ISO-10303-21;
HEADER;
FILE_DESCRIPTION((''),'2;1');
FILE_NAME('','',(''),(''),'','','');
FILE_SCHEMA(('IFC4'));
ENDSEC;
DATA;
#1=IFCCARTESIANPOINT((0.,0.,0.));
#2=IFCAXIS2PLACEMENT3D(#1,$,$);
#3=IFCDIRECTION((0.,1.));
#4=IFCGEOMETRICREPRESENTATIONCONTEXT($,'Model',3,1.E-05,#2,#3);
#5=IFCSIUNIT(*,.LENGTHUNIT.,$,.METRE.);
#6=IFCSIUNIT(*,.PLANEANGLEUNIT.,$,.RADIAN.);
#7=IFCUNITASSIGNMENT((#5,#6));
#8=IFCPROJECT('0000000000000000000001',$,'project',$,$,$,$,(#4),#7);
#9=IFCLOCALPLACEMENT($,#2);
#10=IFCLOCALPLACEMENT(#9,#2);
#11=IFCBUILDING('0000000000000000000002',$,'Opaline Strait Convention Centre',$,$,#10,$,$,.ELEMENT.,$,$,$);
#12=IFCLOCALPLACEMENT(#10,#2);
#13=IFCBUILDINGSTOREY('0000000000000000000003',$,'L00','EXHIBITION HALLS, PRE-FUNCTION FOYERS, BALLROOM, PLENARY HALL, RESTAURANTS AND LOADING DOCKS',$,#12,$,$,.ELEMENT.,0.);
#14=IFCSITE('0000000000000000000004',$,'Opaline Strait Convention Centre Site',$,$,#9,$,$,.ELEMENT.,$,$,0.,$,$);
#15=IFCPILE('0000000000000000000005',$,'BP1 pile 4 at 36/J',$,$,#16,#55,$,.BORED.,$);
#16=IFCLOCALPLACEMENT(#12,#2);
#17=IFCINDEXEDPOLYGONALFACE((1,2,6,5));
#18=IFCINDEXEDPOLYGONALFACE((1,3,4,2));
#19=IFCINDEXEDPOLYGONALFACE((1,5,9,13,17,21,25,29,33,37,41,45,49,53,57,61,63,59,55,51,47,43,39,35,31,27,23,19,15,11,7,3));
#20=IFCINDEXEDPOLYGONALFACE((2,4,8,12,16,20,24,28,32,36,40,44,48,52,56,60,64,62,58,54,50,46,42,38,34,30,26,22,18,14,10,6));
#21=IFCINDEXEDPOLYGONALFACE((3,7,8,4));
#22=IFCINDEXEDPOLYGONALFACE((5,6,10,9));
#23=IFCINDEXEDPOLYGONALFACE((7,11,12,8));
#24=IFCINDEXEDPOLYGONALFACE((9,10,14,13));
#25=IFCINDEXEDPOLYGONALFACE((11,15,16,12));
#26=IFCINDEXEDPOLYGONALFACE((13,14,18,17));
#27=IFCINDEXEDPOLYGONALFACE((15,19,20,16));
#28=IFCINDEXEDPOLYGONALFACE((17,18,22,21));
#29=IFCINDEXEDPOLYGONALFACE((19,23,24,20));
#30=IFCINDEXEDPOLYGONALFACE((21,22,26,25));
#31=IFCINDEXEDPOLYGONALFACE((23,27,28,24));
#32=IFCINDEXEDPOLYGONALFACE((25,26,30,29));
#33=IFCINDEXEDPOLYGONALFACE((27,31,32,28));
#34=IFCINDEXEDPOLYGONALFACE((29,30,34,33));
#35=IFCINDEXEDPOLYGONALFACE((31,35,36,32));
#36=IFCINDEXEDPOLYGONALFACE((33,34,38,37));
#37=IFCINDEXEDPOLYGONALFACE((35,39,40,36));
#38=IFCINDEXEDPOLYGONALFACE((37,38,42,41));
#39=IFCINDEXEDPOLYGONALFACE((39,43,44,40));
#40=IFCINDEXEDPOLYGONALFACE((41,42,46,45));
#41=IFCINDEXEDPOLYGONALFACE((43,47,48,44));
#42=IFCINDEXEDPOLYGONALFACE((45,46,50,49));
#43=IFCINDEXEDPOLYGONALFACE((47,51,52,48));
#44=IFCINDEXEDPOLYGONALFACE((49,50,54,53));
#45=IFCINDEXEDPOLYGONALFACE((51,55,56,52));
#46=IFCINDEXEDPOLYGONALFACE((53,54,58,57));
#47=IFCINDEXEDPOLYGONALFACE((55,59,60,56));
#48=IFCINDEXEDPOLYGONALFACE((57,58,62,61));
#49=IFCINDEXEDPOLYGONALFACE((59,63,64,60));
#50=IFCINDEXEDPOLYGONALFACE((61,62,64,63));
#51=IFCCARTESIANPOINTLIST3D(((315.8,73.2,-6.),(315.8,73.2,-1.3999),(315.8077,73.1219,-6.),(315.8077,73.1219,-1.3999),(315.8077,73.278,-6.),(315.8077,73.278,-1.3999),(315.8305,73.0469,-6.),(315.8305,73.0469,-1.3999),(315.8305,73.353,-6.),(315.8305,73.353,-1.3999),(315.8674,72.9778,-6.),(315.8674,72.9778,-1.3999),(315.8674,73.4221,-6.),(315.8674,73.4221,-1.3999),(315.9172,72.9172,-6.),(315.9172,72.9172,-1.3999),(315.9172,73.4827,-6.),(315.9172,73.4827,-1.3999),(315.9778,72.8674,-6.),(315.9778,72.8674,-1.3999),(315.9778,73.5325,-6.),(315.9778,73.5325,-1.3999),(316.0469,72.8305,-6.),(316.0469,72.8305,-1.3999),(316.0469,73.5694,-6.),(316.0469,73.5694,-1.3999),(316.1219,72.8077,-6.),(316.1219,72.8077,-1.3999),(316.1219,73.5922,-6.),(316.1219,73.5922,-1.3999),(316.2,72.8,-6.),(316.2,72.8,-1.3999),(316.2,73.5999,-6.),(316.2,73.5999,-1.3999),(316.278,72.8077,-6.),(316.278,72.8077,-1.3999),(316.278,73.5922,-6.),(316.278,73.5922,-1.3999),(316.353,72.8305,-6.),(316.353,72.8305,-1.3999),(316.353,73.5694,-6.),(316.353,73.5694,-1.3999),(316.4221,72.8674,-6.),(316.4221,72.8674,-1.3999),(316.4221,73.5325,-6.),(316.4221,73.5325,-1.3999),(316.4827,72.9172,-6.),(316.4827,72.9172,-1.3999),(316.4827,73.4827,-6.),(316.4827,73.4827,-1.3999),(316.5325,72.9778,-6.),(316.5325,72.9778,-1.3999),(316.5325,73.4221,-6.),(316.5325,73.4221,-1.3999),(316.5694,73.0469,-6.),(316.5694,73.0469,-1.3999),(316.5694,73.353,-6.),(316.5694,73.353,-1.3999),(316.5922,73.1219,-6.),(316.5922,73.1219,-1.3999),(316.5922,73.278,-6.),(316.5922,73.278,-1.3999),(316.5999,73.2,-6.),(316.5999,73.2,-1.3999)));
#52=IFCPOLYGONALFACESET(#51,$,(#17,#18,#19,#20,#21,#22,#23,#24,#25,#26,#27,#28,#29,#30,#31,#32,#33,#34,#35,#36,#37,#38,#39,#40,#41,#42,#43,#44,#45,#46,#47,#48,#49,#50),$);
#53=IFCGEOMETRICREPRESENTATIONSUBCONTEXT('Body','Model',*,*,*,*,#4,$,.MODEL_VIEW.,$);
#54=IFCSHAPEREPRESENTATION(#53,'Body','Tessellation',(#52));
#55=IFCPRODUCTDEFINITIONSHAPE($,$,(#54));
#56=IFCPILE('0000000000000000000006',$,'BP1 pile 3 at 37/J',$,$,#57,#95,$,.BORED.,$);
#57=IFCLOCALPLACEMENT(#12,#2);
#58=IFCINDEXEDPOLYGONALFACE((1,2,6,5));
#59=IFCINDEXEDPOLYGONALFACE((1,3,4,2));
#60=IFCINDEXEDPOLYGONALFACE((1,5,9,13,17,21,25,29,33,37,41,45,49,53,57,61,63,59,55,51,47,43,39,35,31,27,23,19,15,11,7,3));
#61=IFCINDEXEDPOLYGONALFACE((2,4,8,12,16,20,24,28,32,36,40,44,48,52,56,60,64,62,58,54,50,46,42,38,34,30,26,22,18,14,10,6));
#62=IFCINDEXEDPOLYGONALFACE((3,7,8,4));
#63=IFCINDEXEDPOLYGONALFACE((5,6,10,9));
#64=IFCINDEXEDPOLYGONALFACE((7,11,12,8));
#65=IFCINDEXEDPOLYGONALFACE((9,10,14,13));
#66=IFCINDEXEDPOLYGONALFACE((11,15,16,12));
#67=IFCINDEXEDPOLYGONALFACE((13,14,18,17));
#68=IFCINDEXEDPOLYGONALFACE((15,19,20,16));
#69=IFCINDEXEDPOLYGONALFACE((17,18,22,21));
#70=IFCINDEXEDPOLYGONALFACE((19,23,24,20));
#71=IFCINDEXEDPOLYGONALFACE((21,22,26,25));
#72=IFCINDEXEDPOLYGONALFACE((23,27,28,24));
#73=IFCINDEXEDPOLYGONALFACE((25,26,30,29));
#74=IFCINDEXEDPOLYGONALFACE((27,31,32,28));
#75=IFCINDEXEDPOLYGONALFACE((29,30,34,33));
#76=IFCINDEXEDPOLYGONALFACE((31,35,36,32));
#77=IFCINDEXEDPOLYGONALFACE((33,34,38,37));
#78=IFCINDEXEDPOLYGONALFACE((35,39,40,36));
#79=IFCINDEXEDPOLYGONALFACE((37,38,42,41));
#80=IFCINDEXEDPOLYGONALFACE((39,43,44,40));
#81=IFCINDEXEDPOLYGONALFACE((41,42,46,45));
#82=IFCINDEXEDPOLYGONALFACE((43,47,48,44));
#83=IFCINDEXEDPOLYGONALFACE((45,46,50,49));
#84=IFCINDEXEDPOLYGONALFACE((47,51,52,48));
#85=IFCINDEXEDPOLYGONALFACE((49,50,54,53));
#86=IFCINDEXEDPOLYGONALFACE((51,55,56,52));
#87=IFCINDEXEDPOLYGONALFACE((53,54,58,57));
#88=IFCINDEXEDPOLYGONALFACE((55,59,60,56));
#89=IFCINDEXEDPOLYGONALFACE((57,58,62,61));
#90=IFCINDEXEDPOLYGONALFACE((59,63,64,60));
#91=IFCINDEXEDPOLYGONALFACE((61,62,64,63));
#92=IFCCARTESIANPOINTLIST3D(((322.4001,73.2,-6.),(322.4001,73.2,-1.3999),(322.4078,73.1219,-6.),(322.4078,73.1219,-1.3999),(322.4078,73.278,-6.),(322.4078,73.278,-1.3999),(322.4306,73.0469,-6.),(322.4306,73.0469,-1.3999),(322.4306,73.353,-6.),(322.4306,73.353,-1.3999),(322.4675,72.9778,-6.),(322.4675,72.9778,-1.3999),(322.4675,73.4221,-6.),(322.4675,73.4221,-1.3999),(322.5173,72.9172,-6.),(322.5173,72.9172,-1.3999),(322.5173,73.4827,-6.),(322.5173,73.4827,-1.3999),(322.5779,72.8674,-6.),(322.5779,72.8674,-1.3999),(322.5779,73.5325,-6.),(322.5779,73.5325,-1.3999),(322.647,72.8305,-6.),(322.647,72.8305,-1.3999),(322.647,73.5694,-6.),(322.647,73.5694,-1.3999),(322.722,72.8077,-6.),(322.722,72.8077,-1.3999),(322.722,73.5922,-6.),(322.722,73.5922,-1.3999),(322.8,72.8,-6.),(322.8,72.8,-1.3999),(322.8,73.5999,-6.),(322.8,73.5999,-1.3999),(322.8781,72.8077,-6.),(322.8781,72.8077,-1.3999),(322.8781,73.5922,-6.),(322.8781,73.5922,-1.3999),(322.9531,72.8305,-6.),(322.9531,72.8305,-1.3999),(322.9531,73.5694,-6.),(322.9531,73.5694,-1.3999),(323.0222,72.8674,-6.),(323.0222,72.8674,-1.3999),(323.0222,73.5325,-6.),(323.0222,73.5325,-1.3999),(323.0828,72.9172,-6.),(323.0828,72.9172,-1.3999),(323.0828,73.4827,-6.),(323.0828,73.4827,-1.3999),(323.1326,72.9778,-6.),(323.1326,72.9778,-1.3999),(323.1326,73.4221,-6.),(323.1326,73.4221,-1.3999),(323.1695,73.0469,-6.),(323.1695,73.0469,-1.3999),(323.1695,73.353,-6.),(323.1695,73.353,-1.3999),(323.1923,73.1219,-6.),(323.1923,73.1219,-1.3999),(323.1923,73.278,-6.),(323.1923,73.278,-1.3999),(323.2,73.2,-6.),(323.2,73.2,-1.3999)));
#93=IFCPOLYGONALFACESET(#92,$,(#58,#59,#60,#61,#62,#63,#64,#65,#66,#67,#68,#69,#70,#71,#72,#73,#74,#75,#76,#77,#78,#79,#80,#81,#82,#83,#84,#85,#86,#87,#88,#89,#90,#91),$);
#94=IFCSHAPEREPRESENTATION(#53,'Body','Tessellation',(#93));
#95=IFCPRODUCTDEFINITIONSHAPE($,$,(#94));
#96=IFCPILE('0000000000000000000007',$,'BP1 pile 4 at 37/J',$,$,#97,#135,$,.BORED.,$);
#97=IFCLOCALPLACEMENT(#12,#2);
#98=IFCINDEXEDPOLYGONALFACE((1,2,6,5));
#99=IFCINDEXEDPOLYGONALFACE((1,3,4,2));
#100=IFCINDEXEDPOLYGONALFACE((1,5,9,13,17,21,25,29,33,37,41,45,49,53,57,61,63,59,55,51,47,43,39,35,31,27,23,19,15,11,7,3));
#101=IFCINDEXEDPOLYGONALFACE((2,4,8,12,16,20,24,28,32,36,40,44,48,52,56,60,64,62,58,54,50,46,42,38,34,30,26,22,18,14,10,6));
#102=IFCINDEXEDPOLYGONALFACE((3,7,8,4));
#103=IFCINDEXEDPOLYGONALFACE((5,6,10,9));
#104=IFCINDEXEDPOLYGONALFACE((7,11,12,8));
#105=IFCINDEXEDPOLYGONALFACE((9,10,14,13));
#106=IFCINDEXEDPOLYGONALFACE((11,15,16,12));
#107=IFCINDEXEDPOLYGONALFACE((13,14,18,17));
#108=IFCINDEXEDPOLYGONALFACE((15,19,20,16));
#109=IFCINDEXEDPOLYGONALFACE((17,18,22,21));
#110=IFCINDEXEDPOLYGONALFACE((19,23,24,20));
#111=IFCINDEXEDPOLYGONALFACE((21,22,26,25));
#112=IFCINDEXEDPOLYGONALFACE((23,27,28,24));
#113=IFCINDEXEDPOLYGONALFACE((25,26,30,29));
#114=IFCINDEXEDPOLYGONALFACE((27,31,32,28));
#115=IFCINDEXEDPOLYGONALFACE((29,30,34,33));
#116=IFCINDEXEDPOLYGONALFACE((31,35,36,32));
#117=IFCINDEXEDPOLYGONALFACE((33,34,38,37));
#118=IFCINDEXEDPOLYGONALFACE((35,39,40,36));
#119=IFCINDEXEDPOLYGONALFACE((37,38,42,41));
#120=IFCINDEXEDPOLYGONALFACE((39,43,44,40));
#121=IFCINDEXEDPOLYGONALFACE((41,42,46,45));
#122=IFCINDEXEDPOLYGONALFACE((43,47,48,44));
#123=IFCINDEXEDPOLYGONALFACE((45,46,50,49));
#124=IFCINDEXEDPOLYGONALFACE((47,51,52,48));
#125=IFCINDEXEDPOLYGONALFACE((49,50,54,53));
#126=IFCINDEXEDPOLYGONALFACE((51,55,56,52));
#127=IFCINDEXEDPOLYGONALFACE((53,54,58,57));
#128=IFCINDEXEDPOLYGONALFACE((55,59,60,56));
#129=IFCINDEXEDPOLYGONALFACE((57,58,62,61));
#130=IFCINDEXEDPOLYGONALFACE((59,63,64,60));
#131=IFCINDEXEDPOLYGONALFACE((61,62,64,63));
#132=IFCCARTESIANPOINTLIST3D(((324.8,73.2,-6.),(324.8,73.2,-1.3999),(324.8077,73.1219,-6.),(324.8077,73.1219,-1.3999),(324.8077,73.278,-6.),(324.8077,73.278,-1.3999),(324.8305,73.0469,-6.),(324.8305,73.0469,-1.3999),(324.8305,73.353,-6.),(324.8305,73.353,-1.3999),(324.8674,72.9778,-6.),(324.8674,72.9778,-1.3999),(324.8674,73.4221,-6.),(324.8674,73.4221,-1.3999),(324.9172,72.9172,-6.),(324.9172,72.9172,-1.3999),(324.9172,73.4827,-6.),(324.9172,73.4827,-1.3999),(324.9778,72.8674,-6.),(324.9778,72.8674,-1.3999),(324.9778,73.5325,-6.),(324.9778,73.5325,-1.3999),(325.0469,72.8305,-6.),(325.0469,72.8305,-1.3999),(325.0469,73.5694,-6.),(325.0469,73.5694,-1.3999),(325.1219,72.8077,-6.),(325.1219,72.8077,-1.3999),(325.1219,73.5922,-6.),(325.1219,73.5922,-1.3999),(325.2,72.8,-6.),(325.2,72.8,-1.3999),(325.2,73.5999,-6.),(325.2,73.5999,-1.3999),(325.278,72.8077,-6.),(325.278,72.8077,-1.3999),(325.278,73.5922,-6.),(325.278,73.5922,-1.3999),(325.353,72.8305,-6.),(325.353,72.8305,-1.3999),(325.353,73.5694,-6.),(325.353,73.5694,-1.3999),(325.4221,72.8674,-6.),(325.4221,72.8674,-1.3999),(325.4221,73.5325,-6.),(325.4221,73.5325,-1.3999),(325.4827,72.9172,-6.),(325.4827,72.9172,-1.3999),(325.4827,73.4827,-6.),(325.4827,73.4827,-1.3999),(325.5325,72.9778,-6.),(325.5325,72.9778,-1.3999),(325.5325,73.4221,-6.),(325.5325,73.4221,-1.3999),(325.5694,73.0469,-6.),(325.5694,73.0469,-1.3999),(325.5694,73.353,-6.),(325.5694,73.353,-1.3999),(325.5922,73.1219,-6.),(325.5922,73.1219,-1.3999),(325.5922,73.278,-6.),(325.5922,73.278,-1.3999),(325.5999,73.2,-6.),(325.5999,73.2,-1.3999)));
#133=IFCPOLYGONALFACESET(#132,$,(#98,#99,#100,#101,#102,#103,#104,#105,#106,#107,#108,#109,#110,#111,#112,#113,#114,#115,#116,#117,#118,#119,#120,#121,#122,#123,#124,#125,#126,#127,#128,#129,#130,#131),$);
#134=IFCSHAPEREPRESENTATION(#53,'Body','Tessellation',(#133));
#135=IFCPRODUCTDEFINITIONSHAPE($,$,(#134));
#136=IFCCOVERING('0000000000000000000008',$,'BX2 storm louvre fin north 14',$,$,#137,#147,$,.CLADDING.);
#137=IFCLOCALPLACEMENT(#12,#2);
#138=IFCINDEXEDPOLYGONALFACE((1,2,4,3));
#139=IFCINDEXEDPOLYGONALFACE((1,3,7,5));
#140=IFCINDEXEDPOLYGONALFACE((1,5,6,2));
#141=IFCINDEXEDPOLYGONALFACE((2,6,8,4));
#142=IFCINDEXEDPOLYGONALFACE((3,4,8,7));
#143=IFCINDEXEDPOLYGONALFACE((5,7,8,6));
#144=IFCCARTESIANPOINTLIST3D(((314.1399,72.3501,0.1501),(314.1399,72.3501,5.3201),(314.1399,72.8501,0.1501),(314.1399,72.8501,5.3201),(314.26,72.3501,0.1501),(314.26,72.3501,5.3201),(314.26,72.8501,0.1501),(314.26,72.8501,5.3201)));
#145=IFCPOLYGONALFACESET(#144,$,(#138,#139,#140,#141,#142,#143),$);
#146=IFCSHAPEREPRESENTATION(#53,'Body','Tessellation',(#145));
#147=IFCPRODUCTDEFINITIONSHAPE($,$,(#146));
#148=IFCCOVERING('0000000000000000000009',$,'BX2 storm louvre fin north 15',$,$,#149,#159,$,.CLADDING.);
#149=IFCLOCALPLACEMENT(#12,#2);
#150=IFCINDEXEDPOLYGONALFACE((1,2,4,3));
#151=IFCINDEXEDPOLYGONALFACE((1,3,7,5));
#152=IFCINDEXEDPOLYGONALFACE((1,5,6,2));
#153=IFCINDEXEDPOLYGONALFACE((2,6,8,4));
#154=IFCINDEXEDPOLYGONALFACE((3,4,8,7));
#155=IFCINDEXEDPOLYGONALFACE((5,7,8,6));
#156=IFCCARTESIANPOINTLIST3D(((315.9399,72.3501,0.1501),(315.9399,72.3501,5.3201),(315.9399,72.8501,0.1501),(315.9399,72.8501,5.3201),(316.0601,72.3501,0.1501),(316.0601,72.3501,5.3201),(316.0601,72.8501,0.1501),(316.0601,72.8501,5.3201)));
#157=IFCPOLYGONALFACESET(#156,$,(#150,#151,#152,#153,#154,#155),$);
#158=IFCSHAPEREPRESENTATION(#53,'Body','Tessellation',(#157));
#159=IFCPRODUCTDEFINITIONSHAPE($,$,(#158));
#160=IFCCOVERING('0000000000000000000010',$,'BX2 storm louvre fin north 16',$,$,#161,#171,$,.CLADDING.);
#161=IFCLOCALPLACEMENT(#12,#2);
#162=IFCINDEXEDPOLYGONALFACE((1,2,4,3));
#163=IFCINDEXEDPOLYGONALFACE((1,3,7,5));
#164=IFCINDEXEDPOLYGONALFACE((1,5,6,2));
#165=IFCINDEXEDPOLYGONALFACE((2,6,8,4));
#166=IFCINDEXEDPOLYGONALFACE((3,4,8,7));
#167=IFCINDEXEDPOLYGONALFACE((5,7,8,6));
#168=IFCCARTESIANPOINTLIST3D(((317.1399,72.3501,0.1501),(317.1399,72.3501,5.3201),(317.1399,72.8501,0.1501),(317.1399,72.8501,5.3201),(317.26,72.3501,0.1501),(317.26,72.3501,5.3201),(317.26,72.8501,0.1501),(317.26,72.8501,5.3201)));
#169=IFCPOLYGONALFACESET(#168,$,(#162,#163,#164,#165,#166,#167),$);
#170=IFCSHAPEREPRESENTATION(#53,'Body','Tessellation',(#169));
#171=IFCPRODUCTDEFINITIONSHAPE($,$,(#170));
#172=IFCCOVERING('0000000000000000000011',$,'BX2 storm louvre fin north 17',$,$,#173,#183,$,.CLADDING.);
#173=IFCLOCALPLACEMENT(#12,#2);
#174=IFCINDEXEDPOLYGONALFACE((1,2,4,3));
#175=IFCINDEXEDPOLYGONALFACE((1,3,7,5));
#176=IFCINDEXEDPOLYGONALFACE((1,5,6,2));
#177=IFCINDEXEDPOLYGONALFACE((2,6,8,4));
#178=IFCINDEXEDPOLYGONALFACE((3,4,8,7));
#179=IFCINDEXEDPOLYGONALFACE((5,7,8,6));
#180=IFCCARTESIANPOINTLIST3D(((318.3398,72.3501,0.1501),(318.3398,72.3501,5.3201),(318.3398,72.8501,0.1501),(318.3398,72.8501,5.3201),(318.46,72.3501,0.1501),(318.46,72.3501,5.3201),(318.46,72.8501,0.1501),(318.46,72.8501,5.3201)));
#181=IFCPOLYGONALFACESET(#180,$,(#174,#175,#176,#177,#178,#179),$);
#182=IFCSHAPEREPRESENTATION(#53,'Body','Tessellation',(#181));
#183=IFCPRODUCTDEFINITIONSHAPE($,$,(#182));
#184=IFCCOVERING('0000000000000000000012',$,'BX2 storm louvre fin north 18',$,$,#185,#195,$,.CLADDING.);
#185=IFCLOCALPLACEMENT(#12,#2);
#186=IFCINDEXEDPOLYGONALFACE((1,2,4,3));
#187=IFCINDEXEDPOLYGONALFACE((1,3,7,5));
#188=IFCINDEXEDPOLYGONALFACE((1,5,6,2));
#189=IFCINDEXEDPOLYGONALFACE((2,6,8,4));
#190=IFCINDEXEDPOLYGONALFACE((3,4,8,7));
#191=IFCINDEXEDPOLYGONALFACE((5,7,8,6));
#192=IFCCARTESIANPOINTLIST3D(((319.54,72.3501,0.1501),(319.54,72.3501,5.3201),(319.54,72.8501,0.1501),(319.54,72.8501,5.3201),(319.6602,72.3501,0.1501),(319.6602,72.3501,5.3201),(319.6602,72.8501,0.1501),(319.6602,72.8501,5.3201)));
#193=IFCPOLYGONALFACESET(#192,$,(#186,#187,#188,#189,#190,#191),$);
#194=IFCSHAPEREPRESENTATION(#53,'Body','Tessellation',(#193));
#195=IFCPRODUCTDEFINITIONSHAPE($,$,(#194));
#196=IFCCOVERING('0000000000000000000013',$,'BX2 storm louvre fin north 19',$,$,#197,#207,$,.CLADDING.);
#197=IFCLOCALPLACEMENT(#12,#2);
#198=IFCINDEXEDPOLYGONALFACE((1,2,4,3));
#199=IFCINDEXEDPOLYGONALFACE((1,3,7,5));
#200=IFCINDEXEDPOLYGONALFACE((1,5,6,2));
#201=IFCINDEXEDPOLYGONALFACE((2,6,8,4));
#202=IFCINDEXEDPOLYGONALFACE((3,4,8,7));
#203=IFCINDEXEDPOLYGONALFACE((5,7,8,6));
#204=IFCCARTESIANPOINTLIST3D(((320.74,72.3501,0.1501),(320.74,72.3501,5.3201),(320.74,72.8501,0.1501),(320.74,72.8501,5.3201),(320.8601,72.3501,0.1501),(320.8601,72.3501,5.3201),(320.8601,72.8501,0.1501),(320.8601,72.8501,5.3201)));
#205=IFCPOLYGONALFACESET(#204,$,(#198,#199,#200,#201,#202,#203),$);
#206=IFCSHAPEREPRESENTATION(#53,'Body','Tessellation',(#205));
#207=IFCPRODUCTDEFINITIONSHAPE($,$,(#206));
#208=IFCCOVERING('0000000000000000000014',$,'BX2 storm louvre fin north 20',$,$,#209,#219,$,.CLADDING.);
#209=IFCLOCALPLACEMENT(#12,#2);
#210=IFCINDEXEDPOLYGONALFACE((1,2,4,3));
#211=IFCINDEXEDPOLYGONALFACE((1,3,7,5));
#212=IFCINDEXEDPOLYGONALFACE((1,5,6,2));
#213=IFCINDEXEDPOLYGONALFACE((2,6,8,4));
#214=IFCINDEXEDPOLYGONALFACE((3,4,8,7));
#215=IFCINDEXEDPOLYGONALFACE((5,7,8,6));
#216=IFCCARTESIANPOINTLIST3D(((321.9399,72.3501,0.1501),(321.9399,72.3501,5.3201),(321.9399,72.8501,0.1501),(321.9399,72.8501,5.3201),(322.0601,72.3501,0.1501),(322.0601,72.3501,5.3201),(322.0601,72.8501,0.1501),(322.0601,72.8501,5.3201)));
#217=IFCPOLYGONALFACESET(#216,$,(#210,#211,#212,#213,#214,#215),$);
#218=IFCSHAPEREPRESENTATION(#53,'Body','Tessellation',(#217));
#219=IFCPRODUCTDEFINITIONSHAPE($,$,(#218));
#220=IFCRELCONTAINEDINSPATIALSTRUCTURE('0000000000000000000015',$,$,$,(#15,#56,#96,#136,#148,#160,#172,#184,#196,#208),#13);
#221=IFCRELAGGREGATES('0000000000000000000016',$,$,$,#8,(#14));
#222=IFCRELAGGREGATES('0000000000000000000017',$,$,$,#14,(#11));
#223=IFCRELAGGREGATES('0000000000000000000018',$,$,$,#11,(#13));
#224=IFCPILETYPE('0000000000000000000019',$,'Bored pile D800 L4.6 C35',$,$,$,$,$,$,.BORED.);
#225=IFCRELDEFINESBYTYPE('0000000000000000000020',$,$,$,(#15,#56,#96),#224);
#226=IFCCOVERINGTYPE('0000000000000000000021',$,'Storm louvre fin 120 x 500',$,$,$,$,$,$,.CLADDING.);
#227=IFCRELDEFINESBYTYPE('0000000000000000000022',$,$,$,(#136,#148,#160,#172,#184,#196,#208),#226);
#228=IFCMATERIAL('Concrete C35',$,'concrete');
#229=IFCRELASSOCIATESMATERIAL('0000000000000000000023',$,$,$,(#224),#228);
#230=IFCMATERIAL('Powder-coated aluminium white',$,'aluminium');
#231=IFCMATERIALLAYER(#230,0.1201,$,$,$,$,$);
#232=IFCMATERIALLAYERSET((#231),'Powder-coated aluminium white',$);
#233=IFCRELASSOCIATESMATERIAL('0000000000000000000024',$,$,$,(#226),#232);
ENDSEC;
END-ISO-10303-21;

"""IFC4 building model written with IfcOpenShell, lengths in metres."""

from ifc_helpers import new_model, si_unit, direction, frame, origin, origin_2d, place, context, subcontext, project, spatial, rectangle, circle, extrude, material, layer, layer_set, material_profile, profile_set, type_object, element, save


model = new_model("IFC4")

# Units and contexts
model_context = context("Model", 3, precision=1e-05, world=origin(), true_north=direction((0.0, 1.0)))
body_context = subcontext(model_context, "Body", "Model", "MODEL_VIEW")
ifc_project = project(units=[si_unit("LENGTHUNIT", "METRE"), si_unit("PLANEANGLEUNIT", "RADIAN")], contexts=[model_context])

# Site, building, storey
site_placement = place(None, origin())
site = spatial("IfcSite", under=ifc_project, at=site_placement, Name="Opaline Strait Convention Centre Site", CompositionType="ELEMENT", RefElevation=0.0)
building_placement = place(site_placement, origin())
building = spatial("IfcBuilding", under=site, at=building_placement, Name="Opaline Strait Convention Centre", CompositionType="ELEMENT")
storey_placement = place(building_placement, origin())
storey = spatial("IfcBuildingStorey", under=building, at=storey_placement, Name="L00", Description="EXHIBITION HALLS, PRE-FUNCTION FOYERS, BALLROOM, PLENARY HALL, RESTAURANTS AND LOADING DOCKS", CompositionType="ELEMENT", Elevation=0.0)

# Piles
ifc_material_1 = material(Name="Concrete C35", Category="concrete")
ifc_material_profile_1 = material_profile(ifc_material_1, circle(Radius=0.3999, at=origin_2d()), Name="D800")
ifc_profile_set_1 = profile_set([ifc_material_profile_1], Name="Concrete C35")
pile_type_1 = type_object("IfcPileType", Name="Bored pile D800 L4.6 C35", PredefinedType="BORED", material=ifc_profile_set_1)
for number, where, z_axis, x_axis, name in (
    (1, (316.2, 73.2, -1.3999), (0.0, 0.0, -1.0), (1.0, 0.0, 0.0), "BP1 pile 4 at 36/J"),
    (2, (322.8, 73.2, -1.3999), (0.0, 0.0, -1.0), (1.0, 0.0, 0.0), "BP1 pile 3 at 37/J"),
    (3, (325.2, 73.2, -1.3999), (0.0, 0.0, -1.0), (1.0, 0.0, 0.0), "BP1 pile 4 at 37/J"),
):
    element("IfcPile", number, at=place(storey_placement, frame(where, z_axis=z_axis, x_axis=x_axis)), inside=storey, type_object=pile_type_1, Name=name, PredefinedType="BORED", context=body_context, shape_type="SweptSolid", body=[
        extrude(circle(Radius=0.3999, at=origin_2d()), origin(), (0.0, 0.0, 1.0), 4.6001),
    ])

# Coverings
ifc_material_2 = material(Name="Powder-coated aluminium white", Category="aluminium")
ifc_layer = layer(ifc_material_2, 0.1201)
ifc_layer_set = layer_set([ifc_layer], Name="Powder-coated aluminium white")
covering_type = type_object("IfcCoveringType", Name="Storm louvre fin 120 x 500", PredefinedType="CLADDING", material=ifc_layer_set)
for number, where, z_axis, x_axis, name in (
    (4, (314.2, 72.6001, 0.1501), (0.0, 0.0, 1.0), (1.0, 0.0, 0.0), "BX2 storm louvre fin north 14"),
    (5, (316.0, 72.6001, 0.1501), (0.0, 0.0, 1.0), (1.0, 0.0, 0.0), "BX2 storm louvre fin north 15"),
    (6, (317.2, 72.6001, 0.1501), (0.0, 0.0, 1.0), (1.0, 0.0, 0.0), "BX2 storm louvre fin north 16"),
    (7, (318.3999, 72.6001, 0.1501), (0.0, 0.0, 1.0), (1.0, 0.0, 0.0), "BX2 storm louvre fin north 17"),
    (8, (319.6001, 72.6001, 0.1501), (0.0, 0.0, 1.0), (1.0, 0.0, 0.0), "BX2 storm louvre fin north 18"),
    (9, (320.8, 72.6001, 0.1501), (0.0, 0.0, 1.0), (1.0, 0.0, 0.0), "BX2 storm louvre fin north 19"),
    (10, (322.0, 72.6001, 0.1501), (0.0, 0.0, 1.0), (1.0, 0.0, 0.0), "BX2 storm louvre fin north 20"),
):
    element("IfcCovering", number, at=place(storey_placement, frame(where, z_axis=z_axis, x_axis=x_axis)), inside=storey, type_object=covering_type, Name=name, PredefinedType="CLADDING", context=body_context, shape_type="SweptSolid", body=[
        extrude(rectangle(XDim=0.1201, YDim=0.5, at=origin_2d()), origin(), (0.0, 0.0, 1.0), 5.1699),
    ])

save(model, "model.ifc")
